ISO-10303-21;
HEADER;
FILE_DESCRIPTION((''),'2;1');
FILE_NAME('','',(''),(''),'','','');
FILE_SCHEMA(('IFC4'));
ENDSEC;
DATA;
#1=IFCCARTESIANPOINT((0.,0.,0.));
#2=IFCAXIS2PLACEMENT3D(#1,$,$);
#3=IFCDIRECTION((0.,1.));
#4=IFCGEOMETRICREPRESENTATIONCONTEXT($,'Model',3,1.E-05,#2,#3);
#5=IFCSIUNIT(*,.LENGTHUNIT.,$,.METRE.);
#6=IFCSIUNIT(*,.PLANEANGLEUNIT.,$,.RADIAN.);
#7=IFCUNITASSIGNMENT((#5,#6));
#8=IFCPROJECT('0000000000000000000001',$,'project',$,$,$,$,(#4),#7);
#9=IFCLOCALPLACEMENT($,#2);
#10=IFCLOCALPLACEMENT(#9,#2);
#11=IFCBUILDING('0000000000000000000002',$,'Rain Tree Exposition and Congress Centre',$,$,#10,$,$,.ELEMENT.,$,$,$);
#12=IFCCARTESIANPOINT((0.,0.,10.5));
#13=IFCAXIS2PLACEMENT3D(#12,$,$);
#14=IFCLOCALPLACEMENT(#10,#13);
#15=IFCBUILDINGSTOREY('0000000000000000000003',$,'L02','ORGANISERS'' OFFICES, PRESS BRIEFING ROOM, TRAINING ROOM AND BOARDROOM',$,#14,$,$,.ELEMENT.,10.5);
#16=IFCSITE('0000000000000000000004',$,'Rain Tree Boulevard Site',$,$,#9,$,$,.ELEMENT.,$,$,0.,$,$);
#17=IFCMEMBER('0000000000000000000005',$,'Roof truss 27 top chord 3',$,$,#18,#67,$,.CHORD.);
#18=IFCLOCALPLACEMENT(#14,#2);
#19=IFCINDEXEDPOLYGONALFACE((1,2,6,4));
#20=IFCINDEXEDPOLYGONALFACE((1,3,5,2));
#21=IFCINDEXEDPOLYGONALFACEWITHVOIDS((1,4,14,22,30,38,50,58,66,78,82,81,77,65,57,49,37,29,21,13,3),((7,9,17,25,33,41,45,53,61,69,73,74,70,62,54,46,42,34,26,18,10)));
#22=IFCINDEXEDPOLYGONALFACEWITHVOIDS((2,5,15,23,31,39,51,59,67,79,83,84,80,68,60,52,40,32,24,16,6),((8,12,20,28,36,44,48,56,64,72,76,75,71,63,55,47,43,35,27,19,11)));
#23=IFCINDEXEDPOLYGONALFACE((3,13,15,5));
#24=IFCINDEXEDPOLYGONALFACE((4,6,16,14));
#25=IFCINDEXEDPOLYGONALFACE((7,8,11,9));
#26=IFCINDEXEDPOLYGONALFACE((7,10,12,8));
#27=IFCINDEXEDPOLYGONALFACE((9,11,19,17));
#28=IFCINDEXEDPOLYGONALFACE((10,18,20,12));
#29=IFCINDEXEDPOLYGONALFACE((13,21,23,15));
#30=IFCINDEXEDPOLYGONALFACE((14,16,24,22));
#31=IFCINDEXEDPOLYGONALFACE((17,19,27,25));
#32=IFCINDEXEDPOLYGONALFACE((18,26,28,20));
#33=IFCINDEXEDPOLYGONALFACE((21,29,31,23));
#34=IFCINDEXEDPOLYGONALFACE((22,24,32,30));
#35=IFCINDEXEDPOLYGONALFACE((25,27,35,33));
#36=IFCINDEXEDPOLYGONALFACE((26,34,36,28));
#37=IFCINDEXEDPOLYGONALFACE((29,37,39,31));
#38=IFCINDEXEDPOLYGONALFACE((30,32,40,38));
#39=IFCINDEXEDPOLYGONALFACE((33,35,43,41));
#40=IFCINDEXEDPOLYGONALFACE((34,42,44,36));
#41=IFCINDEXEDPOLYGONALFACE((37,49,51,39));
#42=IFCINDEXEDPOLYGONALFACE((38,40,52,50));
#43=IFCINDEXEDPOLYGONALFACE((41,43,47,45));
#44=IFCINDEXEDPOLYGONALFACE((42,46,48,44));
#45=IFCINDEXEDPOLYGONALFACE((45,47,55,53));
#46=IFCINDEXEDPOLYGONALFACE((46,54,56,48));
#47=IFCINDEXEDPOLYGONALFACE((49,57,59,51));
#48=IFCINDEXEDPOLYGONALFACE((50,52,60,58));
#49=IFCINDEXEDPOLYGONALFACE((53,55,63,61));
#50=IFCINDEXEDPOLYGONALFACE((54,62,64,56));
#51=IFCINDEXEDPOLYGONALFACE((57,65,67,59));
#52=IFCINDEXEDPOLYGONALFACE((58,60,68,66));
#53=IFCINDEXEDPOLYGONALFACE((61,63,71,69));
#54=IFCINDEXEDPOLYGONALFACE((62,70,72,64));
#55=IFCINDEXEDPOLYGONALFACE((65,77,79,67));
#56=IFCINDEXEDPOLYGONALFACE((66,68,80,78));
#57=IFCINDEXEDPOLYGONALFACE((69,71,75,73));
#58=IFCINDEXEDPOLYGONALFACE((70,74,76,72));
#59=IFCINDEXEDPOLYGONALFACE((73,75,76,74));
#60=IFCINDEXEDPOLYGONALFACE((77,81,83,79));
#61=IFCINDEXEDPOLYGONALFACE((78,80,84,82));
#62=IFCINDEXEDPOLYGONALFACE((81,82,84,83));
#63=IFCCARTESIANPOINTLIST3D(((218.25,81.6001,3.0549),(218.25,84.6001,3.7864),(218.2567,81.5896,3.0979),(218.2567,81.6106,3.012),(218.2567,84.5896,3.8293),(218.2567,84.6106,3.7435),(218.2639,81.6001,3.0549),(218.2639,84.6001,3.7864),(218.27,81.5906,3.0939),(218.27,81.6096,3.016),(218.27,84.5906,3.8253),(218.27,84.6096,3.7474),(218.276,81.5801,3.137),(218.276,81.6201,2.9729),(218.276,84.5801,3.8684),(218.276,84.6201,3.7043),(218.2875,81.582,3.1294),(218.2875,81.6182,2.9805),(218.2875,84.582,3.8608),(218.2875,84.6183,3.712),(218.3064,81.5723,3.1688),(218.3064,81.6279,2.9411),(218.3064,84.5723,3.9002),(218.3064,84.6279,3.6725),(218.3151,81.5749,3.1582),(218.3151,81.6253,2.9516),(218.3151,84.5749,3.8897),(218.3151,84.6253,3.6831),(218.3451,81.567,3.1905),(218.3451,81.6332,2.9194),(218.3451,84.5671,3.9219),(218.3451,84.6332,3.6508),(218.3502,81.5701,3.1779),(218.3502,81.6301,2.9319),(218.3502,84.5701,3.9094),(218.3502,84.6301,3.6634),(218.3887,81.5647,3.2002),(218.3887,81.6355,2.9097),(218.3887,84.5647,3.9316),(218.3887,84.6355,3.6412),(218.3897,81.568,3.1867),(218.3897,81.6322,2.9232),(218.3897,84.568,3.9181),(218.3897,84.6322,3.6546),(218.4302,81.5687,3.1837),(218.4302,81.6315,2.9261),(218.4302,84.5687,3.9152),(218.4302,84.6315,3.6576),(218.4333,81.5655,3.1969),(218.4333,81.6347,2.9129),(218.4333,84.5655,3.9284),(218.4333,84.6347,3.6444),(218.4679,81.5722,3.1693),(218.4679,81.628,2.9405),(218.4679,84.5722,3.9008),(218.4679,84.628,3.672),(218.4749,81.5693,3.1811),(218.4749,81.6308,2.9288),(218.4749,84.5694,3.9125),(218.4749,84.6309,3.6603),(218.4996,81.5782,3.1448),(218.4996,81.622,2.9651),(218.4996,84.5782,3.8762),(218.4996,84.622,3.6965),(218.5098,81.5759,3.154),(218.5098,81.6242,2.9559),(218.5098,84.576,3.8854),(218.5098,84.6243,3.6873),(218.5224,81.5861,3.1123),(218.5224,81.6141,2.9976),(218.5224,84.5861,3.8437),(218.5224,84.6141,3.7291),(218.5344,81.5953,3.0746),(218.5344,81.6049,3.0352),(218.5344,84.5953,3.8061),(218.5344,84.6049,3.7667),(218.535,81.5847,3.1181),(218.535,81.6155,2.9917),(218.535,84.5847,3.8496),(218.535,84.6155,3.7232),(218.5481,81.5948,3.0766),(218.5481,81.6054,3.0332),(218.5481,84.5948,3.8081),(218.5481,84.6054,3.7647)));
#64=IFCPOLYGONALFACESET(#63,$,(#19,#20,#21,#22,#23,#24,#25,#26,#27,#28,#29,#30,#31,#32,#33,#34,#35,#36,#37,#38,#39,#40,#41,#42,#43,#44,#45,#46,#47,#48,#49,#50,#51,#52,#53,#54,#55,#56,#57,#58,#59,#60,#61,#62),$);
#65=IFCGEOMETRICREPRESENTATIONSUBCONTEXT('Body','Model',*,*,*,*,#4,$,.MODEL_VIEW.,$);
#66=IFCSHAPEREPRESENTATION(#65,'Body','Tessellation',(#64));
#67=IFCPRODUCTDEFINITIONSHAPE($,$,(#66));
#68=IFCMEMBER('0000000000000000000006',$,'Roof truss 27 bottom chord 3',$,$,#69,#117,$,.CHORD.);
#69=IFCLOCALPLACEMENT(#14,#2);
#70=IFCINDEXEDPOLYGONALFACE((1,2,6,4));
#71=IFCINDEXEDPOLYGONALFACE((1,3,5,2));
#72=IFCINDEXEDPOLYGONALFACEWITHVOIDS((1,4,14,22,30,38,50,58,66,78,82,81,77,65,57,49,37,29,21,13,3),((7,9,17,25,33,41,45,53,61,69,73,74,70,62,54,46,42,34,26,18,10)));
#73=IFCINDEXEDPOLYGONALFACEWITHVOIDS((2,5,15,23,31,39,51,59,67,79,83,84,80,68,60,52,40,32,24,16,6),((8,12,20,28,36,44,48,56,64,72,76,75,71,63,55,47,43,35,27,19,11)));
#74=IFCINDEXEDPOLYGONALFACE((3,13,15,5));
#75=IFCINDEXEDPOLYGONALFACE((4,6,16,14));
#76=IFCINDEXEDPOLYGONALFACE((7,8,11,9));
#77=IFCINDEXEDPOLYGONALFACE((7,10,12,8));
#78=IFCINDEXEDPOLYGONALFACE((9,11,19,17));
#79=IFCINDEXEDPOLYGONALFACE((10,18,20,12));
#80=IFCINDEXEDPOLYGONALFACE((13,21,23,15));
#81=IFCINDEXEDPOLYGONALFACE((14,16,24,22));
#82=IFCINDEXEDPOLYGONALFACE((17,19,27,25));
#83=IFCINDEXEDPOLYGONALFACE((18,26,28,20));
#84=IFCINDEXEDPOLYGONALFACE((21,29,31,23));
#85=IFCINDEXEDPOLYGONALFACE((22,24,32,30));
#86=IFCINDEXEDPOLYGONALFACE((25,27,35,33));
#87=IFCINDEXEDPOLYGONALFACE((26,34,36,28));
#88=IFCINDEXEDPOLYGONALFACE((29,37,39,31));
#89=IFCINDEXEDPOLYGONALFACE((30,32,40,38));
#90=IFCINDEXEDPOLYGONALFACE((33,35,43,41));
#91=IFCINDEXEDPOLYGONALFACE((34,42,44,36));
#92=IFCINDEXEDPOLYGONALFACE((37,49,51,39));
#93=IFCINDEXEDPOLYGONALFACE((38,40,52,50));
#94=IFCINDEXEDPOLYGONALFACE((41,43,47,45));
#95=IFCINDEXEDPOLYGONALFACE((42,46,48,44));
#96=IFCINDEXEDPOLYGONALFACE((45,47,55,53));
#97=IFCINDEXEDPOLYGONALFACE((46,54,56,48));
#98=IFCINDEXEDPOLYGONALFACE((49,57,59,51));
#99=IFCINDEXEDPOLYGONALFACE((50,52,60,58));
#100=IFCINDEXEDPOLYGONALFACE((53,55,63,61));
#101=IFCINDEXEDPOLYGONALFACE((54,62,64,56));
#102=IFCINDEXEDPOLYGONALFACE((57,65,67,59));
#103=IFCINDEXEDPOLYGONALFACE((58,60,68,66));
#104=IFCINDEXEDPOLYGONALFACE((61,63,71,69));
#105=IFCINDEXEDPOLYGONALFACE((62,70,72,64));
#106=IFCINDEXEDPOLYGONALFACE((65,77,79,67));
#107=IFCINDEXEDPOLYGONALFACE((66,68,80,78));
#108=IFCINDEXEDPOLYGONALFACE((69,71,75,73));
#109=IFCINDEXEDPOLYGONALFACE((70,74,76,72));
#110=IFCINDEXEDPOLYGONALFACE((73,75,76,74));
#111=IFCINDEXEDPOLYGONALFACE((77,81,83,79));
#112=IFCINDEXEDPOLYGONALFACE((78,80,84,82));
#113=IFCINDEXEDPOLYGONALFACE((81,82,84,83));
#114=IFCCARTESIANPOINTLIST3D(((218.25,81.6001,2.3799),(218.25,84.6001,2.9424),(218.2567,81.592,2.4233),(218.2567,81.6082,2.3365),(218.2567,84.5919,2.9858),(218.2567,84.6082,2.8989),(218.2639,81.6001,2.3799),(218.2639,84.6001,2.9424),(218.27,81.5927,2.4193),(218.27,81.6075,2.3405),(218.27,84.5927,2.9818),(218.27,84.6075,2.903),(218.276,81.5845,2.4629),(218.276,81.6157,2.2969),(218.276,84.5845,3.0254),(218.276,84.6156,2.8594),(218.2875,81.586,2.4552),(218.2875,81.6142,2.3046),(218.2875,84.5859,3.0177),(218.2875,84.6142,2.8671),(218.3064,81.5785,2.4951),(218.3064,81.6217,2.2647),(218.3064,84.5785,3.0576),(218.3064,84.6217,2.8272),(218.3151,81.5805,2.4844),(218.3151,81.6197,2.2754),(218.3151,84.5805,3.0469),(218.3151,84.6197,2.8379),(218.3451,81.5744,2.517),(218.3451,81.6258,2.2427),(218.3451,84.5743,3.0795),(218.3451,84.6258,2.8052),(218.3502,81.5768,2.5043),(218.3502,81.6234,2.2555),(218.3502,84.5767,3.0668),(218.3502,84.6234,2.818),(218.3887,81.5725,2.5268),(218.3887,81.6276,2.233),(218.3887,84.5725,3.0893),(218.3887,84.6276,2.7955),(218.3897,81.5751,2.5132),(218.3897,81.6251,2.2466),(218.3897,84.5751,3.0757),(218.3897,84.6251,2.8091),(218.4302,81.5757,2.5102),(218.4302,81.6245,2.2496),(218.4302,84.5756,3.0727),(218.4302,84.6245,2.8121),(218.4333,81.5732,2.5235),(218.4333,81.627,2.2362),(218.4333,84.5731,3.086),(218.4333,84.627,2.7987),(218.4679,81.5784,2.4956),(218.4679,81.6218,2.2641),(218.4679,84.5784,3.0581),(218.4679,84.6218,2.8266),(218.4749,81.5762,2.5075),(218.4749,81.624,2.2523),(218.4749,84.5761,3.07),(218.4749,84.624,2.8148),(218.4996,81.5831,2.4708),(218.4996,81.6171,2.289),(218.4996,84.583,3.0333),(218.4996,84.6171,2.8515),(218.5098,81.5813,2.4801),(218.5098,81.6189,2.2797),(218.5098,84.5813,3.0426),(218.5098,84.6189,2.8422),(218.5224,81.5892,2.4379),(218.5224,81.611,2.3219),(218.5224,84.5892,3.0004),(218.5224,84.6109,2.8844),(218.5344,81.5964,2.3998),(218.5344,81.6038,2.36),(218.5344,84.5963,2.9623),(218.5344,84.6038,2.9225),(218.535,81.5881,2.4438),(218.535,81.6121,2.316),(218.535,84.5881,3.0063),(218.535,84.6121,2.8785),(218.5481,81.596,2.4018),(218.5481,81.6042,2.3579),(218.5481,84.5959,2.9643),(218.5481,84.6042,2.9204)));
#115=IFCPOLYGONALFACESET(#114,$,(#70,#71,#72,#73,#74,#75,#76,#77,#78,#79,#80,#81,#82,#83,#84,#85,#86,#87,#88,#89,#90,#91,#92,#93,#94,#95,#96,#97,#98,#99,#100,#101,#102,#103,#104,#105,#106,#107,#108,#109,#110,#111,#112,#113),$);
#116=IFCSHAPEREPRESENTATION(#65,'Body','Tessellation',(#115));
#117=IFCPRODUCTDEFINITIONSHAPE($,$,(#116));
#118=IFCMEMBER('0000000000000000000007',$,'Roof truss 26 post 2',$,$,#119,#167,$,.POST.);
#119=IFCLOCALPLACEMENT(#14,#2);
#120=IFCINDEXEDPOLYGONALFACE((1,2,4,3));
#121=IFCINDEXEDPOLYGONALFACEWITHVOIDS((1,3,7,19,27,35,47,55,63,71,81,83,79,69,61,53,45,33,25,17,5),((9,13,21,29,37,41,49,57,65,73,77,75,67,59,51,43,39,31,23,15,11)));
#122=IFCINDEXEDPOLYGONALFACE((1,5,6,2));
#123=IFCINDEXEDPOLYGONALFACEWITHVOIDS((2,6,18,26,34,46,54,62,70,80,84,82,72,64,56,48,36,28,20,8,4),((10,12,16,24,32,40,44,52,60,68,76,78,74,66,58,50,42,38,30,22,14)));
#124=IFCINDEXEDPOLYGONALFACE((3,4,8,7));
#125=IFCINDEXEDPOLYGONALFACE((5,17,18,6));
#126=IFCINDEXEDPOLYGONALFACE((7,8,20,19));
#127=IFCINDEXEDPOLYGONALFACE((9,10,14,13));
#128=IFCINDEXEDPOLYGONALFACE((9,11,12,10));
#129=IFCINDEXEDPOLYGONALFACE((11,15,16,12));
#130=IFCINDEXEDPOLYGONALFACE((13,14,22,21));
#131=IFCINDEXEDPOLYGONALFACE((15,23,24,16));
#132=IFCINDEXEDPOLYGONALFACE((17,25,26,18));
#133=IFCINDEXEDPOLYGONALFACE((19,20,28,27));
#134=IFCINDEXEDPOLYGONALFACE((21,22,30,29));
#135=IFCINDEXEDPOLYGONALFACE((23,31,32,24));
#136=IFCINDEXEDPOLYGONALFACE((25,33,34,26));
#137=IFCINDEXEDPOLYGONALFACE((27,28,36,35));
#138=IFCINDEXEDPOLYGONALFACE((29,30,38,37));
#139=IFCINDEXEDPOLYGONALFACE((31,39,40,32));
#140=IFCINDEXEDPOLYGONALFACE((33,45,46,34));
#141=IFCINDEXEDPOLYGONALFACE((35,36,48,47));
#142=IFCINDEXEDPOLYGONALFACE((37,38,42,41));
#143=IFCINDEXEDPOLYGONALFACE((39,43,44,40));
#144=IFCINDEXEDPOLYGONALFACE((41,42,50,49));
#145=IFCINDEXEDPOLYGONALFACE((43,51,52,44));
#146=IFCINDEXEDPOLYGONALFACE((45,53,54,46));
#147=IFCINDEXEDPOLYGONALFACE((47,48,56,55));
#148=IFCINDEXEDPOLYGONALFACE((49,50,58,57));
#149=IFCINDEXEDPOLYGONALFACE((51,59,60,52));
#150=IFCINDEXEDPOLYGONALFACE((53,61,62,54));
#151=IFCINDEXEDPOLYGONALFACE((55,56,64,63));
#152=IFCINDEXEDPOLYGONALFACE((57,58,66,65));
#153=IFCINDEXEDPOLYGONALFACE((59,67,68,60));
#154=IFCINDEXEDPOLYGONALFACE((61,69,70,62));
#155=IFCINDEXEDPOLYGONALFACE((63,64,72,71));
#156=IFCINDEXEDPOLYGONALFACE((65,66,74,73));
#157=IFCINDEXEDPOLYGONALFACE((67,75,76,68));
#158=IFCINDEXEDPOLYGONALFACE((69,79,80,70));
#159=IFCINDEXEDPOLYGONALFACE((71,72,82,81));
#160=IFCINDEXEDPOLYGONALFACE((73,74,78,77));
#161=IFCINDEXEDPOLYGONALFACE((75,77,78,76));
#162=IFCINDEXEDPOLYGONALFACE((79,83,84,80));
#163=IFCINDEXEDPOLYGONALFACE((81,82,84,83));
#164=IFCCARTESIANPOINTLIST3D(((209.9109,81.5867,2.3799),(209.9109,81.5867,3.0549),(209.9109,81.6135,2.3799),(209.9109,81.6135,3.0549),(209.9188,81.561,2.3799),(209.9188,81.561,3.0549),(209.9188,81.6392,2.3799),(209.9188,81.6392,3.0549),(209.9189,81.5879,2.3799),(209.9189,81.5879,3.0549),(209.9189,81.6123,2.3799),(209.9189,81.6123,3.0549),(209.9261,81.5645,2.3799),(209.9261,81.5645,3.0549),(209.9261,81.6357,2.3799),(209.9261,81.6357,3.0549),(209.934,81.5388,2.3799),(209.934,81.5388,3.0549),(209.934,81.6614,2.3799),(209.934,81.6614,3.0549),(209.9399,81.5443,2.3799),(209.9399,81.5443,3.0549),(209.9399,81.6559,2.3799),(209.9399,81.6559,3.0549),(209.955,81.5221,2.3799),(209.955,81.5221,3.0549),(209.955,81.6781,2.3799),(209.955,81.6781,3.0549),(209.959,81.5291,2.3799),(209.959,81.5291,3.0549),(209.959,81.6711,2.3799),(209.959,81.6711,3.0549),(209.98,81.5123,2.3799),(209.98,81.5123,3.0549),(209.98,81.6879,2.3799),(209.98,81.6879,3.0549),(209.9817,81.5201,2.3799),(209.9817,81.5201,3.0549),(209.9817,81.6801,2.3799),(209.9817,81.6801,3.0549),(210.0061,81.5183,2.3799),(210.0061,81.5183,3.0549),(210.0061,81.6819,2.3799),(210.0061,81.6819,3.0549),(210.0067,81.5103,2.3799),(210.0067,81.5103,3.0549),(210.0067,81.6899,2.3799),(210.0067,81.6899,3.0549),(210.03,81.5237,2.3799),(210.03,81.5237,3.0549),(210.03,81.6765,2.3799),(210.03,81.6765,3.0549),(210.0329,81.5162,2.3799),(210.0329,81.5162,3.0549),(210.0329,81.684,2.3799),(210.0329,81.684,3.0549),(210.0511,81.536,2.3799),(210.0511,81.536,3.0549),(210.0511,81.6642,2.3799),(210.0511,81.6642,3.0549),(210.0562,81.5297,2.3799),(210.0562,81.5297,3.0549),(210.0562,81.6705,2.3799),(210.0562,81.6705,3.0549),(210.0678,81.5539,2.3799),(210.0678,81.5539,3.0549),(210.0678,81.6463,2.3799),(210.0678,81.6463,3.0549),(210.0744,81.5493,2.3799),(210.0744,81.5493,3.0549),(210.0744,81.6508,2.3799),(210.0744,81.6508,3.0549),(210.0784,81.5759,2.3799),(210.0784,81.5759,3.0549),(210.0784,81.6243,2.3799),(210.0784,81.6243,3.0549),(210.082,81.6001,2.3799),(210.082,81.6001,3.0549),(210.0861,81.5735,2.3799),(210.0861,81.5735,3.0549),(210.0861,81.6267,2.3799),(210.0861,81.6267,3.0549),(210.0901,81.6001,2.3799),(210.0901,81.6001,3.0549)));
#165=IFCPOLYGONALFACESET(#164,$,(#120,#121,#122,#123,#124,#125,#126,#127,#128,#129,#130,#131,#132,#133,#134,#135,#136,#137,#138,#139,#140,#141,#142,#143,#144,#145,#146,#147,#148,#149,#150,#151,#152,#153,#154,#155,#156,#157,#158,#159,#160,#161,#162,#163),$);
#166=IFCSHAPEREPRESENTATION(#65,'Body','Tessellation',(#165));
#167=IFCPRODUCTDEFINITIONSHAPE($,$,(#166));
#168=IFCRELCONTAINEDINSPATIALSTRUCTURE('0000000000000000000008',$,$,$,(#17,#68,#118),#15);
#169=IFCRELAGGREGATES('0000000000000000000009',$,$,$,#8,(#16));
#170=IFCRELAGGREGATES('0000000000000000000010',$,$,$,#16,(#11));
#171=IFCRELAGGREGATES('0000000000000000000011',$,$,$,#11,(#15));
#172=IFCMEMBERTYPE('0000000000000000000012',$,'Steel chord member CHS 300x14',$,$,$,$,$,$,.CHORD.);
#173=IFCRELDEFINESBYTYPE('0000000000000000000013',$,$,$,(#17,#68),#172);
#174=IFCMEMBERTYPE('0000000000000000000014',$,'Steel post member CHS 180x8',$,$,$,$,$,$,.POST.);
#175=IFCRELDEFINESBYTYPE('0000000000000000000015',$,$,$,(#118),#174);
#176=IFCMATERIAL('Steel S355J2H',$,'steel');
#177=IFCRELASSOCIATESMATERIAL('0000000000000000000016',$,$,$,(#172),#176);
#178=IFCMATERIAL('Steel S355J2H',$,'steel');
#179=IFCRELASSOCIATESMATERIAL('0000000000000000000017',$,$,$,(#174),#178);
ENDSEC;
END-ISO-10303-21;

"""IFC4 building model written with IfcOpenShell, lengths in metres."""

from ifc_helpers import new_model, si_unit, direction, frame, origin, origin_2d, place, context, subcontext, project, spatial, hollow_circle, extrude, material, material_profile, profile_set, type_object, element, save


model = new_model("IFC4")

# Units and contexts
model_context = context("Model", 3, precision=1e-05, world=origin(), true_north=direction((0.0, 1.0)))
body_context = subcontext(model_context, "Body", "Model", "MODEL_VIEW")
ifc_project = project(units=[si_unit("LENGTHUNIT", "METRE"), si_unit("PLANEANGLEUNIT", "RADIAN")], contexts=[model_context])

# Site, building, storey
site_placement = place(None, origin())
site = spatial("IfcSite", under=ifc_project, at=site_placement, Name="Rain Tree Boulevard Site", CompositionType="ELEMENT", RefElevation=0.0)
building_placement = place(site_placement, origin())
building = spatial("IfcBuilding", under=site, at=building_placement, Name="Rain Tree Exposition and Congress Centre", CompositionType="ELEMENT")
storey_placement = place(building_placement, frame((0.0, 0.0, 10.5)))
storey = spatial("IfcBuildingStorey", under=building, at=storey_placement, Name="L02", Description="ORGANISERS' OFFICES, PRESS BRIEFING ROOM, TRAINING ROOM AND BOARDROOM", CompositionType="ELEMENT", Elevation=10.5)

# Members
ifc_material_1 = material(Name="Steel S355J2H", Category="steel")
ifc_material_profile_1 = material_profile(ifc_material_1, hollow_circle(Radius=0.1499, WallThickness=0.0139, at=origin_2d()), Name="CHS 300x14")
ifc_profile_set_1 = profile_set([ifc_material_profile_1], Name="Steel S355J2H")
member_type_1 = type_object("IfcMemberType", Name="Steel chord member CHS 300x14", PredefinedType="CHORD", material=ifc_profile_set_1)
member_1_placement = place(storey_placement, frame((218.3999, 81.6001, 3.0549), z_axis=(0.0, 0.97154, 0.236876), x_axis=(-1.0, 0.0, 0.0)))
element("IfcMember", 1, at=member_1_placement, inside=storey, type_object=member_type_1, Name="Roof truss 27 top chord 3", PredefinedType="CHORD", context=body_context, shape_type="SweptSolid", body=[
    extrude(hollow_circle(Radius=0.1499, WallThickness=0.0139, at=origin_2d()), origin(), (0.0, 0.0, 1.0), 3.0879),
])
member_2_placement = place(storey_placement, frame((218.3999, 81.6001, 2.3799), z_axis=(0.0, 0.982872, 0.184289), x_axis=(-1.0, 0.0, 0.0)))
element("IfcMember", 2, at=member_2_placement, inside=storey, type_object=member_type_1, Name="Roof truss 27 bottom chord 3", PredefinedType="CHORD", context=body_context, shape_type="SweptSolid", body=[
    extrude(hollow_circle(Radius=0.1499, WallThickness=0.0139, at=origin_2d()), origin(), (0.0, 0.0, 1.0), 3.0522),
])
ifc_material_2 = material(Name="Steel S355J2H", Category="steel")
ifc_material_profile_2 = material_profile(ifc_material_2, hollow_circle(Radius=0.0901, WallThickness=0.0081, at=origin_2d()), Name="CHS 180x8")
ifc_profile_set_2 = profile_set([ifc_material_profile_2], Name="Steel S355J2H")
member_type_2 = type_object("IfcMemberType", Name="Steel post member CHS 180x8", PredefinedType="POST", material=ifc_profile_set_2)
member_3_placement = place(storey_placement, frame((210.0, 81.6001, 2.3799), z_axis=(0.0, 0.0, 1.0), x_axis=(1.0, 0.0, 0.0)))
element("IfcMember", 3, at=member_3_placement, inside=storey, type_object=member_type_2, Name="Roof truss 26 post 2", PredefinedType="POST", context=body_context, shape_type="SweptSolid", body=[
    extrude(hollow_circle(Radius=0.0901, WallThickness=0.0081, at=origin_2d()), origin(), (0.0, 0.0, 1.0), 0.675),
])

save(model, "model.ifc")
